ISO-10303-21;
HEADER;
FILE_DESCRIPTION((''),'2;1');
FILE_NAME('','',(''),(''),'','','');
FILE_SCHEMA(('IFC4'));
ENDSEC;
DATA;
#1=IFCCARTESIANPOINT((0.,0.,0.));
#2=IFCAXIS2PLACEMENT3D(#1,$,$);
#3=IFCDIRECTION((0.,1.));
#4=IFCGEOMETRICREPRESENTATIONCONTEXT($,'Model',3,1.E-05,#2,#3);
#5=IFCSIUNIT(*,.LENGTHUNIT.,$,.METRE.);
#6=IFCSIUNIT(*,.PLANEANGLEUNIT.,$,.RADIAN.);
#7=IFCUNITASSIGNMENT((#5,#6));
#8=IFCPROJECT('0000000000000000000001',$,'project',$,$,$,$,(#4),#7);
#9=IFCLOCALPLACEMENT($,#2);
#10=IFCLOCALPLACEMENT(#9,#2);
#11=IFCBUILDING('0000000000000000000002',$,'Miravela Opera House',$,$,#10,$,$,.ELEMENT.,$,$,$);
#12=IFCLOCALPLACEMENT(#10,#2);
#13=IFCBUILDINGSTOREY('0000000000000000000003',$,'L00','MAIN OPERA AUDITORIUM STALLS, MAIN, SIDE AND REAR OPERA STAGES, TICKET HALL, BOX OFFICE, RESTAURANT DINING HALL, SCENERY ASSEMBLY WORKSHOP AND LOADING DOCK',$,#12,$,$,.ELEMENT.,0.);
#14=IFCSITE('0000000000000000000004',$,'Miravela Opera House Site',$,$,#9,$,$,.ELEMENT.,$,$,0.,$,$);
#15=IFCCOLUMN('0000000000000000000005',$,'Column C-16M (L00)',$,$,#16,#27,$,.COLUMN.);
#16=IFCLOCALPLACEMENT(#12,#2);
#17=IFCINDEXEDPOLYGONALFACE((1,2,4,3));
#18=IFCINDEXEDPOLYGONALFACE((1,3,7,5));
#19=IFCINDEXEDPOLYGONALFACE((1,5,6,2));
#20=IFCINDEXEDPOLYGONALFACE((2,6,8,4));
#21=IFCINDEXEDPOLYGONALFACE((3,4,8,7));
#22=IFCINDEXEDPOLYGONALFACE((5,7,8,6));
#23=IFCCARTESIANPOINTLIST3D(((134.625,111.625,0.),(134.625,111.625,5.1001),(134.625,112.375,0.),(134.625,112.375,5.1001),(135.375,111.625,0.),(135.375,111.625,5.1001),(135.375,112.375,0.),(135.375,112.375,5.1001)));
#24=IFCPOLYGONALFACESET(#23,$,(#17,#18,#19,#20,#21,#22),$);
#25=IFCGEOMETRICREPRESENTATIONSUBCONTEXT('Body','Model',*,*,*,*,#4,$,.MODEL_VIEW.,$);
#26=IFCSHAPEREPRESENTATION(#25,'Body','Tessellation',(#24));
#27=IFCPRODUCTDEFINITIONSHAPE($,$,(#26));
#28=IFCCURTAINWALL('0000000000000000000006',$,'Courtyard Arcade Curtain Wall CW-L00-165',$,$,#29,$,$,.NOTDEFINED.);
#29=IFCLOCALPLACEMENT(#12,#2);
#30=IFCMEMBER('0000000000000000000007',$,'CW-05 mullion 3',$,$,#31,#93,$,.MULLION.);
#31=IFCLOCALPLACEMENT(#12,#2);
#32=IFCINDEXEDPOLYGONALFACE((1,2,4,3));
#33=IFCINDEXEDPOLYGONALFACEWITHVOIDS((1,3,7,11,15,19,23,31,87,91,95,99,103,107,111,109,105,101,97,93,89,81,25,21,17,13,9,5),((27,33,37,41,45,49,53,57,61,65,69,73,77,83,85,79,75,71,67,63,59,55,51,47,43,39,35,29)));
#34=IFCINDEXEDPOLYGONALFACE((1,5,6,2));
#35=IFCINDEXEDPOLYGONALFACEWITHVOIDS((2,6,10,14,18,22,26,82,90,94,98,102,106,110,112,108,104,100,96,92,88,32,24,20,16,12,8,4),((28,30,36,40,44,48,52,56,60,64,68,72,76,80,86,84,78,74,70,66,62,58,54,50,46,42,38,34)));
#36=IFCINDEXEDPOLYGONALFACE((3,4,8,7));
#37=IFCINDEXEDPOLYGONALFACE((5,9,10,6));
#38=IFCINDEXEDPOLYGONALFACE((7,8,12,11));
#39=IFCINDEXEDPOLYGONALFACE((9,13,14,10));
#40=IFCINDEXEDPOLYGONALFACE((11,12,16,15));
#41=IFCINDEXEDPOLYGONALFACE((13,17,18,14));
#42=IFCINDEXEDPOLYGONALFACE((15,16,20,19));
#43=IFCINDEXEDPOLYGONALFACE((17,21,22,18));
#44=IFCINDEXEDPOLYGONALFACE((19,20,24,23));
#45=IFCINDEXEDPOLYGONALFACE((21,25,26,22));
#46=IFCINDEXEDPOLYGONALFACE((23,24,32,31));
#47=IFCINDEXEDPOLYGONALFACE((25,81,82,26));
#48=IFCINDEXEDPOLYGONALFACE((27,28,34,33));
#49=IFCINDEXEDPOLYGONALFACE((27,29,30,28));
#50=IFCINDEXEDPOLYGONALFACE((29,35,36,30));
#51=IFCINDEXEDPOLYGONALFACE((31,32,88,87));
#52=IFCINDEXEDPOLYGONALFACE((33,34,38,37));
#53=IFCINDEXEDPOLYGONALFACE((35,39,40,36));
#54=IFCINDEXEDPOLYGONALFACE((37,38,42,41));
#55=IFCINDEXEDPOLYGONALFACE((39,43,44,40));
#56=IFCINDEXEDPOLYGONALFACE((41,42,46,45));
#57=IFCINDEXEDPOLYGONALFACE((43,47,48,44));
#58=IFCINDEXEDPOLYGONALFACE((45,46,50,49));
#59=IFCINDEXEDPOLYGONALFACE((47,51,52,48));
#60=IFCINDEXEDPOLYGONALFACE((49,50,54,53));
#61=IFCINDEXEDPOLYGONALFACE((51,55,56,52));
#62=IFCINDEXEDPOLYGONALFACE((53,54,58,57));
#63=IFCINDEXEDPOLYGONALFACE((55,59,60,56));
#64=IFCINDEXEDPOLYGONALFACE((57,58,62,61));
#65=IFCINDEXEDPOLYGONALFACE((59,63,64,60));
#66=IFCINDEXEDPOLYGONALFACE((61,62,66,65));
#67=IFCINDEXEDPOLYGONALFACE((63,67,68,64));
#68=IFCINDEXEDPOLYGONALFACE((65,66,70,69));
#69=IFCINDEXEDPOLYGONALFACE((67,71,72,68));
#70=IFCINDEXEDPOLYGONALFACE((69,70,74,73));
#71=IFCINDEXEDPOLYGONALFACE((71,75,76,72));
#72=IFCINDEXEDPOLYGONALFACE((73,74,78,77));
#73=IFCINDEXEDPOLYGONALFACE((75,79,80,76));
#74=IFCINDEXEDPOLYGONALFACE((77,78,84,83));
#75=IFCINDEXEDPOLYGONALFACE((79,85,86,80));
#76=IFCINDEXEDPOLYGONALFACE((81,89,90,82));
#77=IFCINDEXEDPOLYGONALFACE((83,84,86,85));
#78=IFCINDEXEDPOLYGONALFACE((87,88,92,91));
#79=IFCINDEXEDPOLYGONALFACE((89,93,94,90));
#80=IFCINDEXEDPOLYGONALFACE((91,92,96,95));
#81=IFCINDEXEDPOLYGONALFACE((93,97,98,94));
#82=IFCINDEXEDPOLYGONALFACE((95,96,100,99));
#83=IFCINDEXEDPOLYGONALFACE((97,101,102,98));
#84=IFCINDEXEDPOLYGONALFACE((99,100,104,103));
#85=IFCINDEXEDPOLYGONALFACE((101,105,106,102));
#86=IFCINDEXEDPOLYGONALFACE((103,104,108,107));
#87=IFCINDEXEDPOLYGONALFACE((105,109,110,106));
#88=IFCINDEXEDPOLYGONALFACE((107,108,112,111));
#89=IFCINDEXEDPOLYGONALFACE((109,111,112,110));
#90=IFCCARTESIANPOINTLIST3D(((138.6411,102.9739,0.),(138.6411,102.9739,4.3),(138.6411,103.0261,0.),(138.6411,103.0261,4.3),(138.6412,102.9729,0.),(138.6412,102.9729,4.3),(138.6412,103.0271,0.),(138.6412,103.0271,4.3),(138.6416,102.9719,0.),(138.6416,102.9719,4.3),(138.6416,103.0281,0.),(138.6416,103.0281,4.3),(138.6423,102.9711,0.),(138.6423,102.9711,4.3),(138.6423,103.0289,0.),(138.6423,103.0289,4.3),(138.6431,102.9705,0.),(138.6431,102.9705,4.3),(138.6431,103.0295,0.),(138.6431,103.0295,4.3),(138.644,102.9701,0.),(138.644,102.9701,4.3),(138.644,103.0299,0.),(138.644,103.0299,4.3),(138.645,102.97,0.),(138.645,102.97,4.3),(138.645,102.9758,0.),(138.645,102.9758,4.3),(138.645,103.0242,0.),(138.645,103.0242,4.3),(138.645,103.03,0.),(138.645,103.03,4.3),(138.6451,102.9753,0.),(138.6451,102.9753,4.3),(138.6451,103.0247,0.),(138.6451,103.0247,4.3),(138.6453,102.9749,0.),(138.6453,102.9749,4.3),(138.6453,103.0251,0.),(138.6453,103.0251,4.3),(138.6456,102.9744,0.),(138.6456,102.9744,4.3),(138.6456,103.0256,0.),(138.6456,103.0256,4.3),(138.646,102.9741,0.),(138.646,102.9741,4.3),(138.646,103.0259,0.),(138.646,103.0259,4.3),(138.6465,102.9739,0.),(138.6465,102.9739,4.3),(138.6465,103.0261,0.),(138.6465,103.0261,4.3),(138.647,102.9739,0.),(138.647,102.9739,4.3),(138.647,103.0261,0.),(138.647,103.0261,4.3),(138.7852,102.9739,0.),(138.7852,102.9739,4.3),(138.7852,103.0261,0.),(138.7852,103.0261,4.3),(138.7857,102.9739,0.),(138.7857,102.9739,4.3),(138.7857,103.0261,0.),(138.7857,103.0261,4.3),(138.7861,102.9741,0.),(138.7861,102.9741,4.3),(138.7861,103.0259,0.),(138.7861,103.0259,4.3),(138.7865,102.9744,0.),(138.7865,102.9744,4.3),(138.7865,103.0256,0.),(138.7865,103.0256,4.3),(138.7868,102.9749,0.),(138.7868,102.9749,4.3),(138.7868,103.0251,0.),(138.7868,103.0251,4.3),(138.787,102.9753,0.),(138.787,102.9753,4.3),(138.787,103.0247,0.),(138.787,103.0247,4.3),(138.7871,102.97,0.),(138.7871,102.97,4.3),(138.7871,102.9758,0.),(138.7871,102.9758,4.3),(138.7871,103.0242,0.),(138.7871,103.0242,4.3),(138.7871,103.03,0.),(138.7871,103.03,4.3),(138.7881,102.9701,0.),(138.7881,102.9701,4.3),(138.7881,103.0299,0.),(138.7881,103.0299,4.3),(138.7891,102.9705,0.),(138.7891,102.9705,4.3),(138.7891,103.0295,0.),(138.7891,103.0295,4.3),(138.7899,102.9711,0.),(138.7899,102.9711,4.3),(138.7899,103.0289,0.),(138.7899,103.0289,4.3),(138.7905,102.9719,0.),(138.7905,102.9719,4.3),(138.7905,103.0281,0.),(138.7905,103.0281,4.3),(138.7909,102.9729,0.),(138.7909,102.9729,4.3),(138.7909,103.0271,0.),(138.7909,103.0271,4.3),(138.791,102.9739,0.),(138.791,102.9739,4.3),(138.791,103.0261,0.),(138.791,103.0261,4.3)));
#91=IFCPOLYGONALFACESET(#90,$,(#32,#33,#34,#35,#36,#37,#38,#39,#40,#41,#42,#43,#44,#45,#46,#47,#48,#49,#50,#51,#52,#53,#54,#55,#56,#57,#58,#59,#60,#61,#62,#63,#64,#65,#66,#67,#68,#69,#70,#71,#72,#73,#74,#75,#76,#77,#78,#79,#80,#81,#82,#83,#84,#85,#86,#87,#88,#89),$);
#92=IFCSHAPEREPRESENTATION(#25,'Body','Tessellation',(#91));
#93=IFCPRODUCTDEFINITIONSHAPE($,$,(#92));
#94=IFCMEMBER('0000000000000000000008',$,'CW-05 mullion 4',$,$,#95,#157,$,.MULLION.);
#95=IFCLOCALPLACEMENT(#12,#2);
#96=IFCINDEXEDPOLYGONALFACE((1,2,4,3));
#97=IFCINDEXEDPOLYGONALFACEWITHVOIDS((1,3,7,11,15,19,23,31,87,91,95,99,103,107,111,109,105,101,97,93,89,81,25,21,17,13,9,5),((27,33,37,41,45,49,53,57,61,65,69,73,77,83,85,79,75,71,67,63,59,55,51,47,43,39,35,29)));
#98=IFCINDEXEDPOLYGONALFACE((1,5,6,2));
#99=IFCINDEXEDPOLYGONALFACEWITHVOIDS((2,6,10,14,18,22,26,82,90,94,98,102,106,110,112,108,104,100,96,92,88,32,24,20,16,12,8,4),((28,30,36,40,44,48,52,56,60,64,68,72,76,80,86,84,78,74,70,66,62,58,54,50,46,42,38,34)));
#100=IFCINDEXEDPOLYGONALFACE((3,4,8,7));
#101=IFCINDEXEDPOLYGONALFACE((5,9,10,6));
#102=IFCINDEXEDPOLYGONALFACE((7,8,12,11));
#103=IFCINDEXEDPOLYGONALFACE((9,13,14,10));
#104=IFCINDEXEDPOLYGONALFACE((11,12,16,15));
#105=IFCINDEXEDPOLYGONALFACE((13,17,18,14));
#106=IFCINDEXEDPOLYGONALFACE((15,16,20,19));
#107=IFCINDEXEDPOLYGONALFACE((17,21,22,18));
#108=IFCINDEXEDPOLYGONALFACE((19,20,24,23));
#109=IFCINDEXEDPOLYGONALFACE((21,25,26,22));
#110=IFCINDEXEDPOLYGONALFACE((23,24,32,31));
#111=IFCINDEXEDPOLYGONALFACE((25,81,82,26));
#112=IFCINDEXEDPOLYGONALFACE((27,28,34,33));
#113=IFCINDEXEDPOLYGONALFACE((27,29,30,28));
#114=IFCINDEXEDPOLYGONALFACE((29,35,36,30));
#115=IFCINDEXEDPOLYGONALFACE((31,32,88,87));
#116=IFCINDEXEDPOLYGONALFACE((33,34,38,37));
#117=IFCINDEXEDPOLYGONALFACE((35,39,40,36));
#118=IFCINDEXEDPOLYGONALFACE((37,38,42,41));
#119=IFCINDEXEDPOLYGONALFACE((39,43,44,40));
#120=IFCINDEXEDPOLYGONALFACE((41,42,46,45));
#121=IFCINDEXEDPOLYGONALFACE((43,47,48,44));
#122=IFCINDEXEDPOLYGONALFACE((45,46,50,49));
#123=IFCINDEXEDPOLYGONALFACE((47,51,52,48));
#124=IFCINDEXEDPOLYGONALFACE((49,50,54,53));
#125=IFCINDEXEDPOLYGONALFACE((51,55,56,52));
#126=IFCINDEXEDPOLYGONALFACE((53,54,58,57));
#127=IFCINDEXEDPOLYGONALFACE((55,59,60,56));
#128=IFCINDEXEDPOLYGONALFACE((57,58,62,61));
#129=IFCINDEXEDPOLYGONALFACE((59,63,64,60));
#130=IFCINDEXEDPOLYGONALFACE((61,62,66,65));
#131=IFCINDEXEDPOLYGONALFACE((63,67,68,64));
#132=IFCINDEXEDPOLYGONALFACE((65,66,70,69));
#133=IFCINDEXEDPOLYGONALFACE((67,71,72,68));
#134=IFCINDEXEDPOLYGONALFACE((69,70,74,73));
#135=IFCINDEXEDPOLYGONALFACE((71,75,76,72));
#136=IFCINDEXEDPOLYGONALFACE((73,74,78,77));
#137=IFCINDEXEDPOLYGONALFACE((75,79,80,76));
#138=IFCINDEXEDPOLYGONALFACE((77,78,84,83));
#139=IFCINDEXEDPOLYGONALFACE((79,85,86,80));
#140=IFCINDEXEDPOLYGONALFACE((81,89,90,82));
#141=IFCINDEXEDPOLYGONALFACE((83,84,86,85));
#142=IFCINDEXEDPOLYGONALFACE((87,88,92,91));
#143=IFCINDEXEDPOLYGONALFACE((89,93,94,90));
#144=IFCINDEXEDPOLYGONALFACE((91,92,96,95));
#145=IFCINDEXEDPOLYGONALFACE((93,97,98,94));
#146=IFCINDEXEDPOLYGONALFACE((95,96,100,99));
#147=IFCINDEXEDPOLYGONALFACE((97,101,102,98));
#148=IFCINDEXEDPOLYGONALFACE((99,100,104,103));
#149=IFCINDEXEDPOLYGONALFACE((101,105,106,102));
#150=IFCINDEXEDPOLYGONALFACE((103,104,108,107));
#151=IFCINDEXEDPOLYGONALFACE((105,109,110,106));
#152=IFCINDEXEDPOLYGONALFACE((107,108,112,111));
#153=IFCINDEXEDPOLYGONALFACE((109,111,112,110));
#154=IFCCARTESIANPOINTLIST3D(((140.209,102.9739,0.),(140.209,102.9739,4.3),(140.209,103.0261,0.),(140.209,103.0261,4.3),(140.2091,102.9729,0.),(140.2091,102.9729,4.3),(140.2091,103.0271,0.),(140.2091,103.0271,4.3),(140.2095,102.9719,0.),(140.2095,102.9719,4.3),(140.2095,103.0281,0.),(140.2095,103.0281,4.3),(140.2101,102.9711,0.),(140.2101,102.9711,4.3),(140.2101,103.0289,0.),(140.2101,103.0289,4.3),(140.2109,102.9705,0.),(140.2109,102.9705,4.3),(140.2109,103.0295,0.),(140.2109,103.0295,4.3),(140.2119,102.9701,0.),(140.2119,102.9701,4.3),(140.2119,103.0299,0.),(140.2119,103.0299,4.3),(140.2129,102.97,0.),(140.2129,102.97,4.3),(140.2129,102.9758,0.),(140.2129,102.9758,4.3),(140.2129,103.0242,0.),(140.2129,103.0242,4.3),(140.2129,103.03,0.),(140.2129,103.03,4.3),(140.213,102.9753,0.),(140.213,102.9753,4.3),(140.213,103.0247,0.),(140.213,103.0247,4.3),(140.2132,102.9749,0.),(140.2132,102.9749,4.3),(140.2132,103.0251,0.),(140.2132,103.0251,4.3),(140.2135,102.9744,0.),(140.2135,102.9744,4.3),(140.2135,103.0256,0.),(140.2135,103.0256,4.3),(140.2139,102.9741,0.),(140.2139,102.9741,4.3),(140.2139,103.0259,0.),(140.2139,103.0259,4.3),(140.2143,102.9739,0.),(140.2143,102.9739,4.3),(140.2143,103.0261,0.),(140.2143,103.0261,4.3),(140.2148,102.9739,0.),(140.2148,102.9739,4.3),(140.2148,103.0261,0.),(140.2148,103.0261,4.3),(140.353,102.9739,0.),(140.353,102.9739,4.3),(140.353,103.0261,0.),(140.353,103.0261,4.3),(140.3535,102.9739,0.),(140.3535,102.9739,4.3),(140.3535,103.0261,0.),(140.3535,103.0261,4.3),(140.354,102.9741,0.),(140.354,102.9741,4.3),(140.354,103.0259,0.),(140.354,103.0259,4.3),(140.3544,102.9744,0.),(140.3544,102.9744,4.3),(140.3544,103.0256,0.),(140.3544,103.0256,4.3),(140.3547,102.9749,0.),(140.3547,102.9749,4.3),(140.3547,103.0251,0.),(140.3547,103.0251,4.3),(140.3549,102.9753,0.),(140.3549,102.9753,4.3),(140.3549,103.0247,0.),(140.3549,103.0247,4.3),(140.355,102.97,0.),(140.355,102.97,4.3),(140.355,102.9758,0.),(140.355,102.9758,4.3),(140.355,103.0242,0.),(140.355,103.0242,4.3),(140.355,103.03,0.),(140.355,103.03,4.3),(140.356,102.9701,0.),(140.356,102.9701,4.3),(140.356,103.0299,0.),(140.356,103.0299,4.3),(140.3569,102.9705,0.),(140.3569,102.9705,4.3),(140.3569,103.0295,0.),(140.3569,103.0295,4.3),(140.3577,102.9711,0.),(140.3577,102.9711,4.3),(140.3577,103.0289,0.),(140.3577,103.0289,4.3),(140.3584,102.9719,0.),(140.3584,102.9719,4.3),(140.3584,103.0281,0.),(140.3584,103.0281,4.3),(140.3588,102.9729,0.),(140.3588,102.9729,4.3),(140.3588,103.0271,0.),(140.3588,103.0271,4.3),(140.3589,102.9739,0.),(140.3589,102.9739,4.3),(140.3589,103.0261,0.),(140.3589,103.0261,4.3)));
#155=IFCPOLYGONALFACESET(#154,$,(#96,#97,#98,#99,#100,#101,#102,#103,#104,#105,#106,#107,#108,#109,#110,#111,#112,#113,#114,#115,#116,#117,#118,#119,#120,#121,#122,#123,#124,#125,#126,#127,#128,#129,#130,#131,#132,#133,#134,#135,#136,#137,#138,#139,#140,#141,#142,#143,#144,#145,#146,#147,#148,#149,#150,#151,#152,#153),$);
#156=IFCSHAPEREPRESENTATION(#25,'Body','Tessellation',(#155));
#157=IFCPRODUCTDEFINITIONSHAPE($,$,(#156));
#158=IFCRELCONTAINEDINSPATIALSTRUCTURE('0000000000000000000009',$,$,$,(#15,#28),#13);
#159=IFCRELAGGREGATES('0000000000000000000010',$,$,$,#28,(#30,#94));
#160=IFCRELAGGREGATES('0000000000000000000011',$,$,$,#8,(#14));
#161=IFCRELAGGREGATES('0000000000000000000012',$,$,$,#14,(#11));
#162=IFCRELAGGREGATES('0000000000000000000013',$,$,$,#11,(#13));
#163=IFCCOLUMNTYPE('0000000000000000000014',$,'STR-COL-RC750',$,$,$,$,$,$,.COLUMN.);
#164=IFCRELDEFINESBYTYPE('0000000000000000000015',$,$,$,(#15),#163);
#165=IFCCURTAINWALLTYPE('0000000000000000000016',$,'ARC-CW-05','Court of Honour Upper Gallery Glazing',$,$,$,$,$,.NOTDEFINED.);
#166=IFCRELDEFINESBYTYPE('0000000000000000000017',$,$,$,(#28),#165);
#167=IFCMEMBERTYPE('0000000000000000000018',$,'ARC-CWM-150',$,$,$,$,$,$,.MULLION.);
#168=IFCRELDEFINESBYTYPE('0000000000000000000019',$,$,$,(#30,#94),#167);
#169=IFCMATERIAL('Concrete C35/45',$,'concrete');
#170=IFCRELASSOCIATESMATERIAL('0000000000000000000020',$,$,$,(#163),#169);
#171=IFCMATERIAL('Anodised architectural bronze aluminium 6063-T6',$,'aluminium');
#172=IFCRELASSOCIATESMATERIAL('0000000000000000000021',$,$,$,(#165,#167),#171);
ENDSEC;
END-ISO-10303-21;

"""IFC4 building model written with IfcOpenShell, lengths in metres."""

from ifc_helpers import new_model, si_unit, direction, frame, origin, origin_2d, place, context, subcontext, project, spatial, rectangle, hollow_rectangle, extrude, material, material_profile, profile_set, type_object, element, aggregate, save


model = new_model("IFC4")

# Units and contexts
model_context = context("Model", 3, precision=1e-05, world=origin(), true_north=direction((0.0, 1.0)))
body_context = subcontext(model_context, "Body", "Model", "MODEL_VIEW")
ifc_project = project(units=[si_unit("LENGTHUNIT", "METRE"), si_unit("PLANEANGLEUNIT", "RADIAN")], contexts=[model_context])

# Site, building, storey
site_placement = place(None, origin())
site = spatial("IfcSite", under=ifc_project, at=site_placement, Name="Miravela Opera House Site", CompositionType="ELEMENT", RefElevation=0.0)
building_placement = place(site_placement, origin())
building = spatial("IfcBuilding", under=site, at=building_placement, Name="Miravela Opera House", CompositionType="ELEMENT")
storey_placement = place(building_placement, origin())
storey = spatial("IfcBuildingStorey", under=building, at=storey_placement, Name="L00", Description="MAIN OPERA AUDITORIUM STALLS, MAIN, SIDE AND REAR OPERA STAGES, TICKET HALL, BOX OFFICE, RESTAURANT DINING HALL, SCENERY ASSEMBLY WORKSHOP AND LOADING DOCK", CompositionType="ELEMENT", Elevation=0.0)

# Column
ifc_material_1 = material(Name="Concrete C35/45", Category="concrete")
ifc_material_profile_1 = material_profile(ifc_material_1, rectangle(XDim=0.75, YDim=0.75, at=origin_2d()), Name="RC-COL-750X750")
ifc_profile_set_1 = profile_set([ifc_material_profile_1])
column_type = type_object("IfcColumnType", Name="STR-COL-RC750", PredefinedType="COLUMN", material=ifc_profile_set_1)
column_placement = place(storey_placement, frame((135.0, 112.0, 0.0), z_axis=(0.0, 0.0, 1.0), x_axis=(1.0, 0.0, 0.0)))
element("IfcColumn", 1, at=column_placement, inside=storey, type_object=column_type, Name="Column C-16M (L00)", PredefinedType="COLUMN", context=body_context, shape_type="SweptSolid", body=[
    extrude(rectangle(XDim=0.75, YDim=0.75, at=origin_2d()), origin(), (0.0, 0.0, 1.0), 5.1001),
])

# Curtain wall, members
ifc_material_2 = material(Name="Anodised architectural bronze aluminium 6063-T6", Category="aluminium")
curtain_wall_type = type_object("IfcCurtainWallType", Name="ARC-CW-05", Description="Court of Honour Upper Gallery Glazing", PredefinedType="NOTDEFINED", material=ifc_material_2)
curtain_wall_placement = place(storey_placement, origin())
curtain_wall = element("IfcCurtainWall", 2, at=curtain_wall_placement, inside=storey, type_object=curtain_wall_type, Name="Courtyard Arcade Curtain Wall CW-L00-165", PredefinedType="NOTDEFINED")
ifc_material_profile_2 = material_profile(ifc_material_2, hollow_rectangle(XDim=0.0601, YDim=0.1499, WallThickness=0.0039, InnerFilletRadius=0.002, OuterFilletRadius=0.0039, at=origin_2d()), Name="CWM-60X150")
ifc_profile_set_2 = profile_set([ifc_material_profile_2])
member_type_1 = type_object("IfcMemberType", Name="ARC-CWM-150", PredefinedType="MULLION", material=ifc_profile_set_2)
member_1_placement = place(storey_placement, frame((138.7161, 103.0, 0.0), z_axis=(0.0, 0.0, 1.0), x_axis=(0.0, 1.0, 0.0)))
member_1 = element("IfcMember", 3, at=member_1_placement, type_object=member_type_1, Name="CW-05 mullion 3", PredefinedType="MULLION", context=body_context, shape_type="SweptSolid", body=[
    extrude(hollow_rectangle(XDim=0.0601, YDim=0.1499, WallThickness=0.0039, InnerFilletRadius=0.002, OuterFilletRadius=0.0039, at=origin_2d()), origin(), (0.0, 0.0, 1.0), 4.3),
])
member_2_placement = place(storey_placement, frame((140.2839, 103.0, 0.0), z_axis=(0.0, 0.0, 1.0), x_axis=(0.0, 1.0, 0.0)))
member_2 = element("IfcMember", 4, at=member_2_placement, type_object=member_type_1, Name="CW-05 mullion 4", PredefinedType="MULLION", context=body_context, shape_type="SweptSolid", body=[
    extrude(hollow_rectangle(XDim=0.0601, YDim=0.1499, WallThickness=0.0039, InnerFilletRadius=0.002, OuterFilletRadius=0.0039, at=origin_2d()), origin(), (0.0, 0.0, 1.0), 4.3),
])

aggregate(curtain_wall, [member_1, member_2])

save(model, "model.ifc")
